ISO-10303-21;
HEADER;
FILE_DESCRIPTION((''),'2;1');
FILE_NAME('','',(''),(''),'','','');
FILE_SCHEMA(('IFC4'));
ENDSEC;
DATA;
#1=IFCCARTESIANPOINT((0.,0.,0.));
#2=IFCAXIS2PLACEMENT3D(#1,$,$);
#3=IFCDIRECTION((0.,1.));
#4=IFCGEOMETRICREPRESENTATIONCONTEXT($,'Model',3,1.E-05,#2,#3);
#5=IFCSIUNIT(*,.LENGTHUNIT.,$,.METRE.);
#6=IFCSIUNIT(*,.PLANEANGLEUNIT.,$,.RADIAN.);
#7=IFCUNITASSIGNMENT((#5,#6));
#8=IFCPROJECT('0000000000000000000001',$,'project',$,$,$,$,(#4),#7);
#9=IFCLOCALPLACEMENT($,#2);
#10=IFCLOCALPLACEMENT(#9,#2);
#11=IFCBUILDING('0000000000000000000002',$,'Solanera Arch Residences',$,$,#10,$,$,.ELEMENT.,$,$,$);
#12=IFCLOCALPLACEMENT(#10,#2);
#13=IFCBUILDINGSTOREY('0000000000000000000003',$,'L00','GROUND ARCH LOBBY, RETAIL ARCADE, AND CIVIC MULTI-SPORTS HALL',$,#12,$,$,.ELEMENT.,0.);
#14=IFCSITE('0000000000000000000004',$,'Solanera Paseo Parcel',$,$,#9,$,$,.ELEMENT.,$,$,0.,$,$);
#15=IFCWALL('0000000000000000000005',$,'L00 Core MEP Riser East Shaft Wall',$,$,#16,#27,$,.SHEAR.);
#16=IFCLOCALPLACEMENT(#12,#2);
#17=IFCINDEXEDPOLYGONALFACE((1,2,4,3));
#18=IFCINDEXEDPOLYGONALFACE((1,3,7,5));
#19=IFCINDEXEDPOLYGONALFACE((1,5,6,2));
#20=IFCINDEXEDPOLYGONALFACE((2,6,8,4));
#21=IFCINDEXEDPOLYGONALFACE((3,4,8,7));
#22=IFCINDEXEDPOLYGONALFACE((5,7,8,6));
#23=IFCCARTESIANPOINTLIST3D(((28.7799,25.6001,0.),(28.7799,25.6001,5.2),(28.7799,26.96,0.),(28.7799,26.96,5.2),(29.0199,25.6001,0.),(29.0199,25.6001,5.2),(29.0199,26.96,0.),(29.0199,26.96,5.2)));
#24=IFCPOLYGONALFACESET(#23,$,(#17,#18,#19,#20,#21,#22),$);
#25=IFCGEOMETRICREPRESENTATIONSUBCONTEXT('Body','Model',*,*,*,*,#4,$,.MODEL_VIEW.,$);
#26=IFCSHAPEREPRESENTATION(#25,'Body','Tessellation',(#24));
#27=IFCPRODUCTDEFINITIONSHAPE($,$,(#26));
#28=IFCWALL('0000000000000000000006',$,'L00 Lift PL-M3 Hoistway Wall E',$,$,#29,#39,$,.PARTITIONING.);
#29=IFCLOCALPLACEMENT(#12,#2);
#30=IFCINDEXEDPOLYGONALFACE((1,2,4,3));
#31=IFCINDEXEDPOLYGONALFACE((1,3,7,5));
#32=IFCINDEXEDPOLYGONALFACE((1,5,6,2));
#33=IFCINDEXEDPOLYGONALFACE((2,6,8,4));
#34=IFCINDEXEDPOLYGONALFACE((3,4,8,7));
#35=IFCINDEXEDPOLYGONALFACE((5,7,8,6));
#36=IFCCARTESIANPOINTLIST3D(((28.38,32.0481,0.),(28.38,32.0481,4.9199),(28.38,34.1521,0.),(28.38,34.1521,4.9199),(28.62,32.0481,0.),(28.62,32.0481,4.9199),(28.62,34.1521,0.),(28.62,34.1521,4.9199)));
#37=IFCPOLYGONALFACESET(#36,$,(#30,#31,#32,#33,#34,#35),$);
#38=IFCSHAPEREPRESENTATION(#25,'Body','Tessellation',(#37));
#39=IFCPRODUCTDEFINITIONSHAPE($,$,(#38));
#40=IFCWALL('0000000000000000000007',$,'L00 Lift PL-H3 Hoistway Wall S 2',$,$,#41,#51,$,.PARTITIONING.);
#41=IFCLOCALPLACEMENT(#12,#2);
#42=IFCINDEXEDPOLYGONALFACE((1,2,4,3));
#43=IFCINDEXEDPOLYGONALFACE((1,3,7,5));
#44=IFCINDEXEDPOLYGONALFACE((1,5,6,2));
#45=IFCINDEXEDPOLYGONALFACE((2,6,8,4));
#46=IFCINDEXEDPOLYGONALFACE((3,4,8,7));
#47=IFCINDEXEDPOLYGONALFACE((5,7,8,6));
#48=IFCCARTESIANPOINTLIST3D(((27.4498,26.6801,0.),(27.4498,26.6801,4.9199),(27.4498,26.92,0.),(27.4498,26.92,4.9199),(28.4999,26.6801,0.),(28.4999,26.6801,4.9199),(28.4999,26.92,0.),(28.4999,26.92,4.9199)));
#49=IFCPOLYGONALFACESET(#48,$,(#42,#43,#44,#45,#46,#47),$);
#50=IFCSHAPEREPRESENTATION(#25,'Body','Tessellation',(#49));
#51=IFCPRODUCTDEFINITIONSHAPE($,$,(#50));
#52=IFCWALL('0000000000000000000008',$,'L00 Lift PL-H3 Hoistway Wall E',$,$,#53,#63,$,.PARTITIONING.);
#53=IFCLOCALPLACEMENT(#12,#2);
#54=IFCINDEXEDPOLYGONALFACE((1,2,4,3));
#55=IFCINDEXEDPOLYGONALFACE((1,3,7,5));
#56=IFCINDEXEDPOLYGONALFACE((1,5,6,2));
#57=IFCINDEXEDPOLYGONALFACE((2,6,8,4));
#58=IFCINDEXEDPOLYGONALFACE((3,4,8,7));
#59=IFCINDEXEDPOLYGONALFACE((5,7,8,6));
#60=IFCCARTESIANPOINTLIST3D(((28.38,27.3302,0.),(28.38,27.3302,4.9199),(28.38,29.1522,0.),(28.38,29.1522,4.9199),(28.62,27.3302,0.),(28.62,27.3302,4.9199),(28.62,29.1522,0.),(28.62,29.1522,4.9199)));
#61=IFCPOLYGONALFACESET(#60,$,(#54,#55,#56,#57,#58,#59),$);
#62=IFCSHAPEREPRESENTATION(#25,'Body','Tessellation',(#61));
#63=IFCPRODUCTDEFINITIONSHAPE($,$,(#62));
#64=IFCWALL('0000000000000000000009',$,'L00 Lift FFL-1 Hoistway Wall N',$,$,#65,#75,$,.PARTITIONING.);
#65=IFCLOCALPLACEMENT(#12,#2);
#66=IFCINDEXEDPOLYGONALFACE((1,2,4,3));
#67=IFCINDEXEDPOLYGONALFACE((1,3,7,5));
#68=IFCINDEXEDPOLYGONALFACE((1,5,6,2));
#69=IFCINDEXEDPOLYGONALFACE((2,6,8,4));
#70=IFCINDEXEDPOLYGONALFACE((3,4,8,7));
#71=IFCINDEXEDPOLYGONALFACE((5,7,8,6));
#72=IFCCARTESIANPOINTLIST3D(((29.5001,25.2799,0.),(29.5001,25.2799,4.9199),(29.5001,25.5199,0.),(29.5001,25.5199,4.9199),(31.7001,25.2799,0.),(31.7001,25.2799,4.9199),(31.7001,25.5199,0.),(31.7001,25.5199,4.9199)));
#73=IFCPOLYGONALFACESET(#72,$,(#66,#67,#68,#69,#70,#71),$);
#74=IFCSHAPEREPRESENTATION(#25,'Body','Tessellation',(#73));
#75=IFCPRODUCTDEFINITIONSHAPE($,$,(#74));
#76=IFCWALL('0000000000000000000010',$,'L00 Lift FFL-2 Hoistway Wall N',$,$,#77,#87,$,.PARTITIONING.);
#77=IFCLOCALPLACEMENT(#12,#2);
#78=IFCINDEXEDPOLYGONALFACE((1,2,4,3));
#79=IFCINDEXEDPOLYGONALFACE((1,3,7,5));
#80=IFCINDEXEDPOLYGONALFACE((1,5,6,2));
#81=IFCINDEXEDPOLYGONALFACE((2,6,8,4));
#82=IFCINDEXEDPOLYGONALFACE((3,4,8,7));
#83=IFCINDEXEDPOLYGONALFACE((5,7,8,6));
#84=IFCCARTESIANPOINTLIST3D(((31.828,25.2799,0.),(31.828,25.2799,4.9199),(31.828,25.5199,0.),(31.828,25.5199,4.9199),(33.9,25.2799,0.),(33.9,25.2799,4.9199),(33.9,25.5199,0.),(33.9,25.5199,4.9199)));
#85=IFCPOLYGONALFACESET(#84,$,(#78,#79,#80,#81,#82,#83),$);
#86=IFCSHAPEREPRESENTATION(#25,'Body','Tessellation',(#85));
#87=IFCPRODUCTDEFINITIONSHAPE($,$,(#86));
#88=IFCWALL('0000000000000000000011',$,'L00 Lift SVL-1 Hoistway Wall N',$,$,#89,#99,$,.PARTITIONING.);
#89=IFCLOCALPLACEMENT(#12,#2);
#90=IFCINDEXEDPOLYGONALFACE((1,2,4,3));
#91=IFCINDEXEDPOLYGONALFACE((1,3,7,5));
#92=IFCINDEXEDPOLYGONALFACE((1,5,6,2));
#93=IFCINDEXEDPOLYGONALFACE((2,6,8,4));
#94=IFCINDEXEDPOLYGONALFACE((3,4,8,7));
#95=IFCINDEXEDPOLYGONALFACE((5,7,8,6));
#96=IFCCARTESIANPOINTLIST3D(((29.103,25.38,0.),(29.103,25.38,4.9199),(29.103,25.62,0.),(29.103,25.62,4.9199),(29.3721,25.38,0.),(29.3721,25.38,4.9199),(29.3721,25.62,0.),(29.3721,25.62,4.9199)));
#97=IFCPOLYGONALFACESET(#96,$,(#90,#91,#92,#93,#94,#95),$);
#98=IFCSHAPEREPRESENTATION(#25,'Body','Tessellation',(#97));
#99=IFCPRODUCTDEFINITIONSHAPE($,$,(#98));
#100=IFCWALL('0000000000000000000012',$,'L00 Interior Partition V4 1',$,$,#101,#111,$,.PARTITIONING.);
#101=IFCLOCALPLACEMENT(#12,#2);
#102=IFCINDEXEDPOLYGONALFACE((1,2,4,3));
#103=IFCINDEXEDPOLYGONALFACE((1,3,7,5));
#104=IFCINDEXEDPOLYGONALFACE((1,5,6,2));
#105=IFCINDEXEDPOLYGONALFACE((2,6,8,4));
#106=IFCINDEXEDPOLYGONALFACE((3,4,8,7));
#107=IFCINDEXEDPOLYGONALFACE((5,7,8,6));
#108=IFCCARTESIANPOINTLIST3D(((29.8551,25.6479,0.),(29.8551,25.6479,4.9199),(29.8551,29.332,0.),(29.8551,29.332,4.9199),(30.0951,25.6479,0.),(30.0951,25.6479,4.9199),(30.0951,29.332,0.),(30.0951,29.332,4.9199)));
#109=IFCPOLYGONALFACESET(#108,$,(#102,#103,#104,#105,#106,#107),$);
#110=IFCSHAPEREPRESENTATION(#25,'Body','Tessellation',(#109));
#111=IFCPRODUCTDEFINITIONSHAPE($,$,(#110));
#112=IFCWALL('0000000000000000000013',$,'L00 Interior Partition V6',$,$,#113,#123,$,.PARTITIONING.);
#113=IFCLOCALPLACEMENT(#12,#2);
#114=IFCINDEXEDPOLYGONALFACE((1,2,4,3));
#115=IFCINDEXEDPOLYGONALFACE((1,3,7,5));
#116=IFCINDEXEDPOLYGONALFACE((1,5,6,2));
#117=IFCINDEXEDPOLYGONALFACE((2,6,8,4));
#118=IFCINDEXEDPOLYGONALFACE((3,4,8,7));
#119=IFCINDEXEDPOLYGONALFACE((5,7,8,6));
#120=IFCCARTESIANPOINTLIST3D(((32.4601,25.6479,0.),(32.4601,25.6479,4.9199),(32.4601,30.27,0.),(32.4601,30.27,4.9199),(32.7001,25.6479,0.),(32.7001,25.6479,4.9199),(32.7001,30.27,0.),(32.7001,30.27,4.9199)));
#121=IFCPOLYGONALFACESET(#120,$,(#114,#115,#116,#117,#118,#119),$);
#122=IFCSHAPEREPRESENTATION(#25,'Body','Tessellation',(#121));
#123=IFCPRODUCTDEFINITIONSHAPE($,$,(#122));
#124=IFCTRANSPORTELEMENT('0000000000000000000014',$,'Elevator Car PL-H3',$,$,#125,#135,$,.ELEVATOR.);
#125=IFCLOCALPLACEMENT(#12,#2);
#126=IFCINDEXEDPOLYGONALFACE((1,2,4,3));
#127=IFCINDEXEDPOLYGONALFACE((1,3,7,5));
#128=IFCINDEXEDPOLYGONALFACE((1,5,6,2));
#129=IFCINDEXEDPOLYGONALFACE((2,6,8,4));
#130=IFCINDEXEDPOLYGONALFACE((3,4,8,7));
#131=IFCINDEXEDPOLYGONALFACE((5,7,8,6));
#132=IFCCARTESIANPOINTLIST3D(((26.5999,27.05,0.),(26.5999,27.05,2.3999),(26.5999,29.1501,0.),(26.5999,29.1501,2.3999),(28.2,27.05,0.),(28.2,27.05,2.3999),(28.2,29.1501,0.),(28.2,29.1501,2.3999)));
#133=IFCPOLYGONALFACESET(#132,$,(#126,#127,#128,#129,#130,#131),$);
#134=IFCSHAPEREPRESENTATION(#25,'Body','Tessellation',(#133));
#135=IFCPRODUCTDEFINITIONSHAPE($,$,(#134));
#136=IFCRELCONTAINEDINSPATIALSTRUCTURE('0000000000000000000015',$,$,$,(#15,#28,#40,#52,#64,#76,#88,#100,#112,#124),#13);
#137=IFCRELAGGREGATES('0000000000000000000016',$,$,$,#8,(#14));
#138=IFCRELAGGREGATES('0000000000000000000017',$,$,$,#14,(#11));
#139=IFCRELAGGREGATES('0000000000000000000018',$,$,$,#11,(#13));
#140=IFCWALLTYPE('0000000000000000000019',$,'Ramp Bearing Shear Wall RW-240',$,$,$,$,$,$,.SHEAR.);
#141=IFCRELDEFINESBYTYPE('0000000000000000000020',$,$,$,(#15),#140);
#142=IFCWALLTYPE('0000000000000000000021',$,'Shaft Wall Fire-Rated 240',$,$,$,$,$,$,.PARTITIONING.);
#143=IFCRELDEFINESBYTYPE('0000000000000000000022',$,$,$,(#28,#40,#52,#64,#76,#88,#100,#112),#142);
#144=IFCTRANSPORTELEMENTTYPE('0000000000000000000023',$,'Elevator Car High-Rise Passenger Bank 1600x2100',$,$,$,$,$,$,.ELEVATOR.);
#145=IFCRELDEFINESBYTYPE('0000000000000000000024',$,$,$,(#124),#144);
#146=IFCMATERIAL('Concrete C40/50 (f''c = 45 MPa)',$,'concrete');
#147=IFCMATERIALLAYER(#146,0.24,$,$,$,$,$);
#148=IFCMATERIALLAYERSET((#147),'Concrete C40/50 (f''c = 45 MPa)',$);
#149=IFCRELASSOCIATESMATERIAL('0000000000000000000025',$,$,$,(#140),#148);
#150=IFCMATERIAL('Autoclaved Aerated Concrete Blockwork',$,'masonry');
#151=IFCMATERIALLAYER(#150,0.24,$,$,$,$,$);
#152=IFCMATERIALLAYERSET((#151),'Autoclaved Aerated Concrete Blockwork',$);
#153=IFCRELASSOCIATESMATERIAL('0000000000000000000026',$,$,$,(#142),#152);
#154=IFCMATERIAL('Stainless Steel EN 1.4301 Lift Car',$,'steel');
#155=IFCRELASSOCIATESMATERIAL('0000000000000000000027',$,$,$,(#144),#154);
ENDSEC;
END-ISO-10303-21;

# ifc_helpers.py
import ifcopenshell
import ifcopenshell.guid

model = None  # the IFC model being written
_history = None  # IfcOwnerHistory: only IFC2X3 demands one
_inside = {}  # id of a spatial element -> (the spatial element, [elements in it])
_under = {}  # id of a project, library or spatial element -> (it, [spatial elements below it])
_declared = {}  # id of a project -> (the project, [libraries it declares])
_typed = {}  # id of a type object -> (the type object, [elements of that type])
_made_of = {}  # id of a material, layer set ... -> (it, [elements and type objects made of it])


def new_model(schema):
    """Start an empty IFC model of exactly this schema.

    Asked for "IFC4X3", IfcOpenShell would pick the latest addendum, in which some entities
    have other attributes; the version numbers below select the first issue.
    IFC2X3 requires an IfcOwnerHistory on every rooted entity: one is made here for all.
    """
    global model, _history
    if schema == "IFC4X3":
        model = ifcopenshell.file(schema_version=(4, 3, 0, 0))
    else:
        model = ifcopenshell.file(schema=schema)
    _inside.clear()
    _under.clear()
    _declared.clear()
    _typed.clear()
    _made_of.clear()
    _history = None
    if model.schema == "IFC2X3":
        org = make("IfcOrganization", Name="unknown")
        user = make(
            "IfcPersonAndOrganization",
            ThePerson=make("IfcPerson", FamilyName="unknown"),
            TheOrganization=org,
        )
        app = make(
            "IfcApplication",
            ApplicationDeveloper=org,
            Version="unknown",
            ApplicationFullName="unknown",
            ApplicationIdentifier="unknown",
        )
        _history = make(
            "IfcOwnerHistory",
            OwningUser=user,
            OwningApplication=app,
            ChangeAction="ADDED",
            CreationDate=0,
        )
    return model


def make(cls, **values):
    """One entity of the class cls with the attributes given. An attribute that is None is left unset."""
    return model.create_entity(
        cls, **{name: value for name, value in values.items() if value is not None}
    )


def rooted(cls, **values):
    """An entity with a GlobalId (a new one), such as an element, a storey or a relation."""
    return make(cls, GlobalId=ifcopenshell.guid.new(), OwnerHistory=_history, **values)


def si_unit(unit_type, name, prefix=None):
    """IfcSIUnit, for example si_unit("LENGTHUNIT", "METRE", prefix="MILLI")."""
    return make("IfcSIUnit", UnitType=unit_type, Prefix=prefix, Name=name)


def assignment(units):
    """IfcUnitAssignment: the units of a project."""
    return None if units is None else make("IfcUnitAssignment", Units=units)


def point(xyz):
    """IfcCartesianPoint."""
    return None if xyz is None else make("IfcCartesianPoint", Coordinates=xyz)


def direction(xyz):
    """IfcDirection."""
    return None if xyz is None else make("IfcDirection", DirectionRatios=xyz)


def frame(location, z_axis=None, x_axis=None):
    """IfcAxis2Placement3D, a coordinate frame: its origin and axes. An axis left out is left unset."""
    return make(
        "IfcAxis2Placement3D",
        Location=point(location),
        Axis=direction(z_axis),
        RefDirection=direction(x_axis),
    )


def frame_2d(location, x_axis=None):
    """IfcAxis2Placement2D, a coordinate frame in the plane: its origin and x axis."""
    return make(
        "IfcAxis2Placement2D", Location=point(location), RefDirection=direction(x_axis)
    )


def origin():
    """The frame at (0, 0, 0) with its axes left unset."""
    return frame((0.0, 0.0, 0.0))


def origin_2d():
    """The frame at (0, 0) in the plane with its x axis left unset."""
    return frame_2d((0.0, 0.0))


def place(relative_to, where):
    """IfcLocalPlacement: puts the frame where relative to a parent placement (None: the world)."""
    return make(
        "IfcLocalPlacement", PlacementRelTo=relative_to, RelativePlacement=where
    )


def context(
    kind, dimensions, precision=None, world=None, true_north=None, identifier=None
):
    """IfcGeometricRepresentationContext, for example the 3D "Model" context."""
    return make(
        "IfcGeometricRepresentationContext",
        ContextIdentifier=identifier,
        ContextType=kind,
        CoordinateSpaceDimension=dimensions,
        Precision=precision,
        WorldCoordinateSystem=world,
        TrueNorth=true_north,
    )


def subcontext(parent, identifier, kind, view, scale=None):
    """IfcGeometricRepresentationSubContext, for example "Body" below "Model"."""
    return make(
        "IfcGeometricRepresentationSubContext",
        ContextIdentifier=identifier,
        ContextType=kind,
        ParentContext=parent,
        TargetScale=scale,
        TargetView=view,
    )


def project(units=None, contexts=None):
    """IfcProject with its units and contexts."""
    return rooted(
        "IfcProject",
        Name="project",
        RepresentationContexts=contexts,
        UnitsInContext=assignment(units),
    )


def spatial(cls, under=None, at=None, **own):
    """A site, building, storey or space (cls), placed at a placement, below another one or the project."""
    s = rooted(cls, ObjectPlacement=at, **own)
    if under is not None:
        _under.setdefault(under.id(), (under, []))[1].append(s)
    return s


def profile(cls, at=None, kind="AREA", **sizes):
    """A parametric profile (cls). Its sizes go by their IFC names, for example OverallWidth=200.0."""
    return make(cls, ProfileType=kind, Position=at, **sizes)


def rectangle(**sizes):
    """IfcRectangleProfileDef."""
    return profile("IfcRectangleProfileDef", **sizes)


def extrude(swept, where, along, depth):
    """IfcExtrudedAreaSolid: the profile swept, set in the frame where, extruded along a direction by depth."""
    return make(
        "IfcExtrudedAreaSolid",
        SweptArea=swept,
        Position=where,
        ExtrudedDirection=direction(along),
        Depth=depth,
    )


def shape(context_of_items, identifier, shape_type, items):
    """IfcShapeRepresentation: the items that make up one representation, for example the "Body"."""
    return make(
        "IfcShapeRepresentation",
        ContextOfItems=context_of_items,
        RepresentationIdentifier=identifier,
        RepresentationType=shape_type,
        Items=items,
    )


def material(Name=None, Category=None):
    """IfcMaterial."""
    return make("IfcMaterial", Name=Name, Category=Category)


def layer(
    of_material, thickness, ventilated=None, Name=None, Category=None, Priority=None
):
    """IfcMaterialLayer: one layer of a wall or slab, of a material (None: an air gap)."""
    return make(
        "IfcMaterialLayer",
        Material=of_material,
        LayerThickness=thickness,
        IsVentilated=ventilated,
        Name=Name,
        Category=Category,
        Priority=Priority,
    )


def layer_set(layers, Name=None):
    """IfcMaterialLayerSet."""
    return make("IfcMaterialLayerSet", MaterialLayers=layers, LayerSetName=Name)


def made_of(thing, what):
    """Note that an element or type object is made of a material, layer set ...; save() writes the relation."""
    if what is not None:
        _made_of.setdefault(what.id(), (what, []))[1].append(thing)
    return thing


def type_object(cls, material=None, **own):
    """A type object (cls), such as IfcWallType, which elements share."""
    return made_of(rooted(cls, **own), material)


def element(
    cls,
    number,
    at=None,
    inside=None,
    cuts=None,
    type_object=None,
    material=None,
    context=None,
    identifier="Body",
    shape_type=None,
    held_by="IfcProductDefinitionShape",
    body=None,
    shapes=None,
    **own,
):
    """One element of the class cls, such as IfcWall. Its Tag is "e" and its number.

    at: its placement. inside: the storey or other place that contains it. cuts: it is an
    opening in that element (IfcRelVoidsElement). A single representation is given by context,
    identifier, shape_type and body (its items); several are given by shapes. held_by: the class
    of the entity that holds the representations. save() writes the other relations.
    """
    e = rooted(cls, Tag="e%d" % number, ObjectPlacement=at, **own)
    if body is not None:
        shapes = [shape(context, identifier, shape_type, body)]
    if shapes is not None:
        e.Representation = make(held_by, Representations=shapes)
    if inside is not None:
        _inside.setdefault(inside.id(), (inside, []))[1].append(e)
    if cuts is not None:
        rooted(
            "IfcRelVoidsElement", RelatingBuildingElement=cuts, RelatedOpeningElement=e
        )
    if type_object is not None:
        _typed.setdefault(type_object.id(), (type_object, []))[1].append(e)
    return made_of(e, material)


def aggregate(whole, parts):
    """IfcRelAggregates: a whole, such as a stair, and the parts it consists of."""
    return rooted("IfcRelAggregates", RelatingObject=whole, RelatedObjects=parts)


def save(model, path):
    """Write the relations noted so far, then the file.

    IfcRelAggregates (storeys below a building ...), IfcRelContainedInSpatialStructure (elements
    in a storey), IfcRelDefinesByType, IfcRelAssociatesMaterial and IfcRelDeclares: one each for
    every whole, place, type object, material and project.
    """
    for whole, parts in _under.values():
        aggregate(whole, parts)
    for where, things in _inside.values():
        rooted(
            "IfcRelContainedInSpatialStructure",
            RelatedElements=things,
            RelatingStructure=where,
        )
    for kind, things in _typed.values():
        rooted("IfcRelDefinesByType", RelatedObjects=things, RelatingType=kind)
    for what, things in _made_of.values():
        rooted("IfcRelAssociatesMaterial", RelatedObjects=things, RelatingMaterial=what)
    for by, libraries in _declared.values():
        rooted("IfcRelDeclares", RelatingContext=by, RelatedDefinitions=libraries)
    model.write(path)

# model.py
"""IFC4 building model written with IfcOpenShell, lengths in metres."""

from ifc_helpers import new_model, si_unit, direction, frame, frame_2d, origin, origin_2d, place, context, subcontext, project, spatial, rectangle, extrude, material, layer, layer_set, type_object, element, save


model = new_model("IFC4")

# Units and contexts
model_context = context("Model", 3, precision=1e-05, world=origin(), true_north=direction((0.0, 1.0)))
body_context = subcontext(model_context, "Body", "Model", "MODEL_VIEW")
ifc_project = project(units=[si_unit("LENGTHUNIT", "METRE"), si_unit("PLANEANGLEUNIT", "RADIAN")], contexts=[model_context])

# Site, building, storey
site_placement = place(None, origin())
site = spatial("IfcSite", under=ifc_project, at=site_placement, Name="Solanera Paseo Parcel", CompositionType="ELEMENT", RefElevation=0.0)
building_placement = place(site_placement, origin())
building = spatial("IfcBuilding", under=site, at=building_placement, Name="Solanera Arch Residences", CompositionType="ELEMENT")
storey_placement = place(building_placement, origin())
storey = spatial("IfcBuildingStorey", under=building, at=storey_placement, Name="L00", Description="GROUND ARCH LOBBY, RETAIL ARCADE, AND CIVIC MULTI-SPORTS HALL", CompositionType="ELEMENT", Elevation=0.0)

# Walls
ifc_material_1 = material(Name="Concrete C40/50 (f'c = 45 MPa)", Category="concrete")
ifc_layer_1 = layer(ifc_material_1, 0.24)
ifc_layer_set_1 = layer_set([ifc_layer_1], Name="Concrete C40/50 (f'c = 45 MPa)")
wall_type_1 = type_object("IfcWallType", Name="Ramp Bearing Shear Wall RW-240", PredefinedType="SHEAR", material=ifc_layer_set_1)
for number, where, z_axis, x_axis, name in (
    (1, (28.8999, 25.6001, 0.0), (0.0, 0.0, 1.0), (0.0, 1.0, 0.0), "L00 Core MEP Riser East Shaft Wall"),
):
    element("IfcWall", number, at=place(storey_placement, frame(where, z_axis=z_axis, x_axis=x_axis)), inside=storey, type_object=wall_type_1, Name=name, PredefinedType="SHEAR", context=body_context, shape_type="SweptSolid", body=[
        extrude(rectangle(XDim=1.3599, YDim=0.24, at=frame_2d((0.6799, 0.0))), origin(), (0.0, 0.0, 1.0), 5.2),
    ])
ifc_material_2 = material(Name="Autoclaved Aerated Concrete Blockwork", Category="masonry")
ifc_layer_2 = layer(ifc_material_2, 0.24)
ifc_layer_set_2 = layer_set([ifc_layer_2], Name="Autoclaved Aerated Concrete Blockwork")
wall_type_2 = type_object("IfcWallType", Name="Shaft Wall Fire-Rated 240", PredefinedType="PARTITIONING", material=ifc_layer_set_2)
wall_1_placement = place(storey_placement, frame((28.5, 32.0481, 0.0), z_axis=(0.0, 0.0, 1.0), x_axis=(0.0, 1.0, 0.0)))
element("IfcWall", 2, at=wall_1_placement, inside=storey, type_object=wall_type_2, Name="L00 Lift PL-M3 Hoistway Wall E", PredefinedType="PARTITIONING", context=body_context, shape_type="SweptSolid", body=[
    extrude(rectangle(XDim=2.104, YDim=0.24, at=frame_2d((1.052, 0.0))), origin(), (0.0, 0.0, 1.0), 4.9199),
])
wall_2_placement = place(storey_placement, frame((27.45, 26.8, 0.0), z_axis=(0.0, 0.0, 1.0), x_axis=(1.0, 0.0, 0.0)))
element("IfcWall", 3, at=wall_2_placement, inside=storey, type_object=wall_type_2, Name="L00 Lift PL-H3 Hoistway Wall S 2", PredefinedType="PARTITIONING", context=body_context, shape_type="SweptSolid", body=[
    extrude(rectangle(XDim=1.05, YDim=0.24, at=frame_2d((0.5249, 0.0))), origin(), (0.0, 0.0, 1.0), 4.9199),
])
wall_3_placement = place(storey_placement, frame((28.5, 27.3301, 0.0), z_axis=(0.0, 0.0, 1.0), x_axis=(0.0, 1.0, 0.0)))
element("IfcWall", 4, at=wall_3_placement, inside=storey, type_object=wall_type_2, Name="L00 Lift PL-H3 Hoistway Wall E", PredefinedType="PARTITIONING", context=body_context, shape_type="SweptSolid", body=[
    extrude(rectangle(XDim=1.822, YDim=0.24, at=frame_2d((0.9111, 0.0))), origin(), (0.0, 0.0, 1.0), 4.9199),
])
wall_4_placement = place(storey_placement, frame((29.5, 25.3999, 0.0), z_axis=(0.0, 0.0, 1.0), x_axis=(1.0, 0.0, 0.0)))
element("IfcWall", 5, at=wall_4_placement, inside=storey, type_object=wall_type_2, Name="L00 Lift FFL-1 Hoistway Wall N", PredefinedType="PARTITIONING", context=body_context, shape_type="SweptSolid", body=[
    extrude(rectangle(XDim=2.2, YDim=0.24, at=frame_2d((1.1001, 0.0))), origin(), (0.0, 0.0, 1.0), 4.9199),
])
wall_5_placement = place(storey_placement, frame((31.8279, 25.3999, 0.0), z_axis=(0.0, 0.0, 1.0), x_axis=(1.0, 0.0, 0.0)))
element("IfcWall", 6, at=wall_5_placement, inside=storey, type_object=wall_type_2, Name="L00 Lift FFL-2 Hoistway Wall N", PredefinedType="PARTITIONING", context=body_context, shape_type="SweptSolid", body=[
    extrude(rectangle(XDim=2.072, YDim=0.24, at=frame_2d((1.0361, 0.0))), origin(), (0.0, 0.0, 1.0), 4.9199),
])
wall_6_placement = place(storey_placement, frame((29.103, 25.5, 0.0), z_axis=(0.0, 0.0, 1.0), x_axis=(1.0, 0.0, 0.0)))
element("IfcWall", 7, at=wall_6_placement, inside=storey, type_object=wall_type_2, Name="L00 Lift SVL-1 Hoistway Wall N", PredefinedType="PARTITIONING", context=body_context, shape_type="SweptSolid", body=[
    extrude(rectangle(XDim=0.269, YDim=0.24, at=frame_2d((0.1345, 0.0))), origin(), (0.0, 0.0, 1.0), 4.9199),
])
wall_7_placement = place(storey_placement, frame((29.9751, 25.6479, 0.0), z_axis=(0.0, 0.0, 1.0), x_axis=(0.0, 1.0, 0.0)))
element("IfcWall", 8, at=wall_7_placement, inside=storey, type_object=wall_type_2, Name="L00 Interior Partition V4 1", PredefinedType="PARTITIONING", context=body_context, shape_type="SweptSolid", body=[
    extrude(rectangle(XDim=3.6841, YDim=0.24, at=frame_2d((1.842, 0.0))), origin(), (0.0, 0.0, 1.0), 4.9199),
])

# Wall
wall_8_placement = place(storey_placement, frame((32.5801, 25.6479, 0.0), z_axis=(0.0, 0.0, 1.0), x_axis=(0.0, 1.0, 0.0)))
element("IfcWall", 9, at=wall_8_placement, inside=storey, type_object=wall_type_2, Name="L00 Interior Partition V6", PredefinedType="PARTITIONING", context=body_context, shape_type="SweptSolid", body=[
    extrude(rectangle(XDim=4.6221, YDim=0.24, at=frame_2d((2.311, 0.0))), origin(), (0.0, 0.0, 1.0), 4.9199),
])

# Transport element
ifc_material_3 = material(Name="Stainless Steel EN 1.4301 Lift Car", Category="steel")
transport_element_type = type_object("IfcTransportElementType", Name="Elevator Car High-Rise Passenger Bank 1600x2100", PredefinedType="ELEVATOR", material=ifc_material_3)
transport_element_placement = place(storey_placement, frame((27.3999, 28.1001, 0.0), z_axis=(0.0, 0.0, 1.0), x_axis=(1.0, 0.0, 0.0)))
element("IfcTransportElement", 10, at=transport_element_placement, inside=storey, type_object=transport_element_type, Name="Elevator Car PL-H3", PredefinedType="ELEVATOR", context=body_context, shape_type="SweptSolid", body=[
    extrude(rectangle(XDim=1.6001, YDim=2.1001, at=origin_2d()), origin(), (0.0, 0.0, 1.0), 2.3999),
])

save(model, "model.ifc")
